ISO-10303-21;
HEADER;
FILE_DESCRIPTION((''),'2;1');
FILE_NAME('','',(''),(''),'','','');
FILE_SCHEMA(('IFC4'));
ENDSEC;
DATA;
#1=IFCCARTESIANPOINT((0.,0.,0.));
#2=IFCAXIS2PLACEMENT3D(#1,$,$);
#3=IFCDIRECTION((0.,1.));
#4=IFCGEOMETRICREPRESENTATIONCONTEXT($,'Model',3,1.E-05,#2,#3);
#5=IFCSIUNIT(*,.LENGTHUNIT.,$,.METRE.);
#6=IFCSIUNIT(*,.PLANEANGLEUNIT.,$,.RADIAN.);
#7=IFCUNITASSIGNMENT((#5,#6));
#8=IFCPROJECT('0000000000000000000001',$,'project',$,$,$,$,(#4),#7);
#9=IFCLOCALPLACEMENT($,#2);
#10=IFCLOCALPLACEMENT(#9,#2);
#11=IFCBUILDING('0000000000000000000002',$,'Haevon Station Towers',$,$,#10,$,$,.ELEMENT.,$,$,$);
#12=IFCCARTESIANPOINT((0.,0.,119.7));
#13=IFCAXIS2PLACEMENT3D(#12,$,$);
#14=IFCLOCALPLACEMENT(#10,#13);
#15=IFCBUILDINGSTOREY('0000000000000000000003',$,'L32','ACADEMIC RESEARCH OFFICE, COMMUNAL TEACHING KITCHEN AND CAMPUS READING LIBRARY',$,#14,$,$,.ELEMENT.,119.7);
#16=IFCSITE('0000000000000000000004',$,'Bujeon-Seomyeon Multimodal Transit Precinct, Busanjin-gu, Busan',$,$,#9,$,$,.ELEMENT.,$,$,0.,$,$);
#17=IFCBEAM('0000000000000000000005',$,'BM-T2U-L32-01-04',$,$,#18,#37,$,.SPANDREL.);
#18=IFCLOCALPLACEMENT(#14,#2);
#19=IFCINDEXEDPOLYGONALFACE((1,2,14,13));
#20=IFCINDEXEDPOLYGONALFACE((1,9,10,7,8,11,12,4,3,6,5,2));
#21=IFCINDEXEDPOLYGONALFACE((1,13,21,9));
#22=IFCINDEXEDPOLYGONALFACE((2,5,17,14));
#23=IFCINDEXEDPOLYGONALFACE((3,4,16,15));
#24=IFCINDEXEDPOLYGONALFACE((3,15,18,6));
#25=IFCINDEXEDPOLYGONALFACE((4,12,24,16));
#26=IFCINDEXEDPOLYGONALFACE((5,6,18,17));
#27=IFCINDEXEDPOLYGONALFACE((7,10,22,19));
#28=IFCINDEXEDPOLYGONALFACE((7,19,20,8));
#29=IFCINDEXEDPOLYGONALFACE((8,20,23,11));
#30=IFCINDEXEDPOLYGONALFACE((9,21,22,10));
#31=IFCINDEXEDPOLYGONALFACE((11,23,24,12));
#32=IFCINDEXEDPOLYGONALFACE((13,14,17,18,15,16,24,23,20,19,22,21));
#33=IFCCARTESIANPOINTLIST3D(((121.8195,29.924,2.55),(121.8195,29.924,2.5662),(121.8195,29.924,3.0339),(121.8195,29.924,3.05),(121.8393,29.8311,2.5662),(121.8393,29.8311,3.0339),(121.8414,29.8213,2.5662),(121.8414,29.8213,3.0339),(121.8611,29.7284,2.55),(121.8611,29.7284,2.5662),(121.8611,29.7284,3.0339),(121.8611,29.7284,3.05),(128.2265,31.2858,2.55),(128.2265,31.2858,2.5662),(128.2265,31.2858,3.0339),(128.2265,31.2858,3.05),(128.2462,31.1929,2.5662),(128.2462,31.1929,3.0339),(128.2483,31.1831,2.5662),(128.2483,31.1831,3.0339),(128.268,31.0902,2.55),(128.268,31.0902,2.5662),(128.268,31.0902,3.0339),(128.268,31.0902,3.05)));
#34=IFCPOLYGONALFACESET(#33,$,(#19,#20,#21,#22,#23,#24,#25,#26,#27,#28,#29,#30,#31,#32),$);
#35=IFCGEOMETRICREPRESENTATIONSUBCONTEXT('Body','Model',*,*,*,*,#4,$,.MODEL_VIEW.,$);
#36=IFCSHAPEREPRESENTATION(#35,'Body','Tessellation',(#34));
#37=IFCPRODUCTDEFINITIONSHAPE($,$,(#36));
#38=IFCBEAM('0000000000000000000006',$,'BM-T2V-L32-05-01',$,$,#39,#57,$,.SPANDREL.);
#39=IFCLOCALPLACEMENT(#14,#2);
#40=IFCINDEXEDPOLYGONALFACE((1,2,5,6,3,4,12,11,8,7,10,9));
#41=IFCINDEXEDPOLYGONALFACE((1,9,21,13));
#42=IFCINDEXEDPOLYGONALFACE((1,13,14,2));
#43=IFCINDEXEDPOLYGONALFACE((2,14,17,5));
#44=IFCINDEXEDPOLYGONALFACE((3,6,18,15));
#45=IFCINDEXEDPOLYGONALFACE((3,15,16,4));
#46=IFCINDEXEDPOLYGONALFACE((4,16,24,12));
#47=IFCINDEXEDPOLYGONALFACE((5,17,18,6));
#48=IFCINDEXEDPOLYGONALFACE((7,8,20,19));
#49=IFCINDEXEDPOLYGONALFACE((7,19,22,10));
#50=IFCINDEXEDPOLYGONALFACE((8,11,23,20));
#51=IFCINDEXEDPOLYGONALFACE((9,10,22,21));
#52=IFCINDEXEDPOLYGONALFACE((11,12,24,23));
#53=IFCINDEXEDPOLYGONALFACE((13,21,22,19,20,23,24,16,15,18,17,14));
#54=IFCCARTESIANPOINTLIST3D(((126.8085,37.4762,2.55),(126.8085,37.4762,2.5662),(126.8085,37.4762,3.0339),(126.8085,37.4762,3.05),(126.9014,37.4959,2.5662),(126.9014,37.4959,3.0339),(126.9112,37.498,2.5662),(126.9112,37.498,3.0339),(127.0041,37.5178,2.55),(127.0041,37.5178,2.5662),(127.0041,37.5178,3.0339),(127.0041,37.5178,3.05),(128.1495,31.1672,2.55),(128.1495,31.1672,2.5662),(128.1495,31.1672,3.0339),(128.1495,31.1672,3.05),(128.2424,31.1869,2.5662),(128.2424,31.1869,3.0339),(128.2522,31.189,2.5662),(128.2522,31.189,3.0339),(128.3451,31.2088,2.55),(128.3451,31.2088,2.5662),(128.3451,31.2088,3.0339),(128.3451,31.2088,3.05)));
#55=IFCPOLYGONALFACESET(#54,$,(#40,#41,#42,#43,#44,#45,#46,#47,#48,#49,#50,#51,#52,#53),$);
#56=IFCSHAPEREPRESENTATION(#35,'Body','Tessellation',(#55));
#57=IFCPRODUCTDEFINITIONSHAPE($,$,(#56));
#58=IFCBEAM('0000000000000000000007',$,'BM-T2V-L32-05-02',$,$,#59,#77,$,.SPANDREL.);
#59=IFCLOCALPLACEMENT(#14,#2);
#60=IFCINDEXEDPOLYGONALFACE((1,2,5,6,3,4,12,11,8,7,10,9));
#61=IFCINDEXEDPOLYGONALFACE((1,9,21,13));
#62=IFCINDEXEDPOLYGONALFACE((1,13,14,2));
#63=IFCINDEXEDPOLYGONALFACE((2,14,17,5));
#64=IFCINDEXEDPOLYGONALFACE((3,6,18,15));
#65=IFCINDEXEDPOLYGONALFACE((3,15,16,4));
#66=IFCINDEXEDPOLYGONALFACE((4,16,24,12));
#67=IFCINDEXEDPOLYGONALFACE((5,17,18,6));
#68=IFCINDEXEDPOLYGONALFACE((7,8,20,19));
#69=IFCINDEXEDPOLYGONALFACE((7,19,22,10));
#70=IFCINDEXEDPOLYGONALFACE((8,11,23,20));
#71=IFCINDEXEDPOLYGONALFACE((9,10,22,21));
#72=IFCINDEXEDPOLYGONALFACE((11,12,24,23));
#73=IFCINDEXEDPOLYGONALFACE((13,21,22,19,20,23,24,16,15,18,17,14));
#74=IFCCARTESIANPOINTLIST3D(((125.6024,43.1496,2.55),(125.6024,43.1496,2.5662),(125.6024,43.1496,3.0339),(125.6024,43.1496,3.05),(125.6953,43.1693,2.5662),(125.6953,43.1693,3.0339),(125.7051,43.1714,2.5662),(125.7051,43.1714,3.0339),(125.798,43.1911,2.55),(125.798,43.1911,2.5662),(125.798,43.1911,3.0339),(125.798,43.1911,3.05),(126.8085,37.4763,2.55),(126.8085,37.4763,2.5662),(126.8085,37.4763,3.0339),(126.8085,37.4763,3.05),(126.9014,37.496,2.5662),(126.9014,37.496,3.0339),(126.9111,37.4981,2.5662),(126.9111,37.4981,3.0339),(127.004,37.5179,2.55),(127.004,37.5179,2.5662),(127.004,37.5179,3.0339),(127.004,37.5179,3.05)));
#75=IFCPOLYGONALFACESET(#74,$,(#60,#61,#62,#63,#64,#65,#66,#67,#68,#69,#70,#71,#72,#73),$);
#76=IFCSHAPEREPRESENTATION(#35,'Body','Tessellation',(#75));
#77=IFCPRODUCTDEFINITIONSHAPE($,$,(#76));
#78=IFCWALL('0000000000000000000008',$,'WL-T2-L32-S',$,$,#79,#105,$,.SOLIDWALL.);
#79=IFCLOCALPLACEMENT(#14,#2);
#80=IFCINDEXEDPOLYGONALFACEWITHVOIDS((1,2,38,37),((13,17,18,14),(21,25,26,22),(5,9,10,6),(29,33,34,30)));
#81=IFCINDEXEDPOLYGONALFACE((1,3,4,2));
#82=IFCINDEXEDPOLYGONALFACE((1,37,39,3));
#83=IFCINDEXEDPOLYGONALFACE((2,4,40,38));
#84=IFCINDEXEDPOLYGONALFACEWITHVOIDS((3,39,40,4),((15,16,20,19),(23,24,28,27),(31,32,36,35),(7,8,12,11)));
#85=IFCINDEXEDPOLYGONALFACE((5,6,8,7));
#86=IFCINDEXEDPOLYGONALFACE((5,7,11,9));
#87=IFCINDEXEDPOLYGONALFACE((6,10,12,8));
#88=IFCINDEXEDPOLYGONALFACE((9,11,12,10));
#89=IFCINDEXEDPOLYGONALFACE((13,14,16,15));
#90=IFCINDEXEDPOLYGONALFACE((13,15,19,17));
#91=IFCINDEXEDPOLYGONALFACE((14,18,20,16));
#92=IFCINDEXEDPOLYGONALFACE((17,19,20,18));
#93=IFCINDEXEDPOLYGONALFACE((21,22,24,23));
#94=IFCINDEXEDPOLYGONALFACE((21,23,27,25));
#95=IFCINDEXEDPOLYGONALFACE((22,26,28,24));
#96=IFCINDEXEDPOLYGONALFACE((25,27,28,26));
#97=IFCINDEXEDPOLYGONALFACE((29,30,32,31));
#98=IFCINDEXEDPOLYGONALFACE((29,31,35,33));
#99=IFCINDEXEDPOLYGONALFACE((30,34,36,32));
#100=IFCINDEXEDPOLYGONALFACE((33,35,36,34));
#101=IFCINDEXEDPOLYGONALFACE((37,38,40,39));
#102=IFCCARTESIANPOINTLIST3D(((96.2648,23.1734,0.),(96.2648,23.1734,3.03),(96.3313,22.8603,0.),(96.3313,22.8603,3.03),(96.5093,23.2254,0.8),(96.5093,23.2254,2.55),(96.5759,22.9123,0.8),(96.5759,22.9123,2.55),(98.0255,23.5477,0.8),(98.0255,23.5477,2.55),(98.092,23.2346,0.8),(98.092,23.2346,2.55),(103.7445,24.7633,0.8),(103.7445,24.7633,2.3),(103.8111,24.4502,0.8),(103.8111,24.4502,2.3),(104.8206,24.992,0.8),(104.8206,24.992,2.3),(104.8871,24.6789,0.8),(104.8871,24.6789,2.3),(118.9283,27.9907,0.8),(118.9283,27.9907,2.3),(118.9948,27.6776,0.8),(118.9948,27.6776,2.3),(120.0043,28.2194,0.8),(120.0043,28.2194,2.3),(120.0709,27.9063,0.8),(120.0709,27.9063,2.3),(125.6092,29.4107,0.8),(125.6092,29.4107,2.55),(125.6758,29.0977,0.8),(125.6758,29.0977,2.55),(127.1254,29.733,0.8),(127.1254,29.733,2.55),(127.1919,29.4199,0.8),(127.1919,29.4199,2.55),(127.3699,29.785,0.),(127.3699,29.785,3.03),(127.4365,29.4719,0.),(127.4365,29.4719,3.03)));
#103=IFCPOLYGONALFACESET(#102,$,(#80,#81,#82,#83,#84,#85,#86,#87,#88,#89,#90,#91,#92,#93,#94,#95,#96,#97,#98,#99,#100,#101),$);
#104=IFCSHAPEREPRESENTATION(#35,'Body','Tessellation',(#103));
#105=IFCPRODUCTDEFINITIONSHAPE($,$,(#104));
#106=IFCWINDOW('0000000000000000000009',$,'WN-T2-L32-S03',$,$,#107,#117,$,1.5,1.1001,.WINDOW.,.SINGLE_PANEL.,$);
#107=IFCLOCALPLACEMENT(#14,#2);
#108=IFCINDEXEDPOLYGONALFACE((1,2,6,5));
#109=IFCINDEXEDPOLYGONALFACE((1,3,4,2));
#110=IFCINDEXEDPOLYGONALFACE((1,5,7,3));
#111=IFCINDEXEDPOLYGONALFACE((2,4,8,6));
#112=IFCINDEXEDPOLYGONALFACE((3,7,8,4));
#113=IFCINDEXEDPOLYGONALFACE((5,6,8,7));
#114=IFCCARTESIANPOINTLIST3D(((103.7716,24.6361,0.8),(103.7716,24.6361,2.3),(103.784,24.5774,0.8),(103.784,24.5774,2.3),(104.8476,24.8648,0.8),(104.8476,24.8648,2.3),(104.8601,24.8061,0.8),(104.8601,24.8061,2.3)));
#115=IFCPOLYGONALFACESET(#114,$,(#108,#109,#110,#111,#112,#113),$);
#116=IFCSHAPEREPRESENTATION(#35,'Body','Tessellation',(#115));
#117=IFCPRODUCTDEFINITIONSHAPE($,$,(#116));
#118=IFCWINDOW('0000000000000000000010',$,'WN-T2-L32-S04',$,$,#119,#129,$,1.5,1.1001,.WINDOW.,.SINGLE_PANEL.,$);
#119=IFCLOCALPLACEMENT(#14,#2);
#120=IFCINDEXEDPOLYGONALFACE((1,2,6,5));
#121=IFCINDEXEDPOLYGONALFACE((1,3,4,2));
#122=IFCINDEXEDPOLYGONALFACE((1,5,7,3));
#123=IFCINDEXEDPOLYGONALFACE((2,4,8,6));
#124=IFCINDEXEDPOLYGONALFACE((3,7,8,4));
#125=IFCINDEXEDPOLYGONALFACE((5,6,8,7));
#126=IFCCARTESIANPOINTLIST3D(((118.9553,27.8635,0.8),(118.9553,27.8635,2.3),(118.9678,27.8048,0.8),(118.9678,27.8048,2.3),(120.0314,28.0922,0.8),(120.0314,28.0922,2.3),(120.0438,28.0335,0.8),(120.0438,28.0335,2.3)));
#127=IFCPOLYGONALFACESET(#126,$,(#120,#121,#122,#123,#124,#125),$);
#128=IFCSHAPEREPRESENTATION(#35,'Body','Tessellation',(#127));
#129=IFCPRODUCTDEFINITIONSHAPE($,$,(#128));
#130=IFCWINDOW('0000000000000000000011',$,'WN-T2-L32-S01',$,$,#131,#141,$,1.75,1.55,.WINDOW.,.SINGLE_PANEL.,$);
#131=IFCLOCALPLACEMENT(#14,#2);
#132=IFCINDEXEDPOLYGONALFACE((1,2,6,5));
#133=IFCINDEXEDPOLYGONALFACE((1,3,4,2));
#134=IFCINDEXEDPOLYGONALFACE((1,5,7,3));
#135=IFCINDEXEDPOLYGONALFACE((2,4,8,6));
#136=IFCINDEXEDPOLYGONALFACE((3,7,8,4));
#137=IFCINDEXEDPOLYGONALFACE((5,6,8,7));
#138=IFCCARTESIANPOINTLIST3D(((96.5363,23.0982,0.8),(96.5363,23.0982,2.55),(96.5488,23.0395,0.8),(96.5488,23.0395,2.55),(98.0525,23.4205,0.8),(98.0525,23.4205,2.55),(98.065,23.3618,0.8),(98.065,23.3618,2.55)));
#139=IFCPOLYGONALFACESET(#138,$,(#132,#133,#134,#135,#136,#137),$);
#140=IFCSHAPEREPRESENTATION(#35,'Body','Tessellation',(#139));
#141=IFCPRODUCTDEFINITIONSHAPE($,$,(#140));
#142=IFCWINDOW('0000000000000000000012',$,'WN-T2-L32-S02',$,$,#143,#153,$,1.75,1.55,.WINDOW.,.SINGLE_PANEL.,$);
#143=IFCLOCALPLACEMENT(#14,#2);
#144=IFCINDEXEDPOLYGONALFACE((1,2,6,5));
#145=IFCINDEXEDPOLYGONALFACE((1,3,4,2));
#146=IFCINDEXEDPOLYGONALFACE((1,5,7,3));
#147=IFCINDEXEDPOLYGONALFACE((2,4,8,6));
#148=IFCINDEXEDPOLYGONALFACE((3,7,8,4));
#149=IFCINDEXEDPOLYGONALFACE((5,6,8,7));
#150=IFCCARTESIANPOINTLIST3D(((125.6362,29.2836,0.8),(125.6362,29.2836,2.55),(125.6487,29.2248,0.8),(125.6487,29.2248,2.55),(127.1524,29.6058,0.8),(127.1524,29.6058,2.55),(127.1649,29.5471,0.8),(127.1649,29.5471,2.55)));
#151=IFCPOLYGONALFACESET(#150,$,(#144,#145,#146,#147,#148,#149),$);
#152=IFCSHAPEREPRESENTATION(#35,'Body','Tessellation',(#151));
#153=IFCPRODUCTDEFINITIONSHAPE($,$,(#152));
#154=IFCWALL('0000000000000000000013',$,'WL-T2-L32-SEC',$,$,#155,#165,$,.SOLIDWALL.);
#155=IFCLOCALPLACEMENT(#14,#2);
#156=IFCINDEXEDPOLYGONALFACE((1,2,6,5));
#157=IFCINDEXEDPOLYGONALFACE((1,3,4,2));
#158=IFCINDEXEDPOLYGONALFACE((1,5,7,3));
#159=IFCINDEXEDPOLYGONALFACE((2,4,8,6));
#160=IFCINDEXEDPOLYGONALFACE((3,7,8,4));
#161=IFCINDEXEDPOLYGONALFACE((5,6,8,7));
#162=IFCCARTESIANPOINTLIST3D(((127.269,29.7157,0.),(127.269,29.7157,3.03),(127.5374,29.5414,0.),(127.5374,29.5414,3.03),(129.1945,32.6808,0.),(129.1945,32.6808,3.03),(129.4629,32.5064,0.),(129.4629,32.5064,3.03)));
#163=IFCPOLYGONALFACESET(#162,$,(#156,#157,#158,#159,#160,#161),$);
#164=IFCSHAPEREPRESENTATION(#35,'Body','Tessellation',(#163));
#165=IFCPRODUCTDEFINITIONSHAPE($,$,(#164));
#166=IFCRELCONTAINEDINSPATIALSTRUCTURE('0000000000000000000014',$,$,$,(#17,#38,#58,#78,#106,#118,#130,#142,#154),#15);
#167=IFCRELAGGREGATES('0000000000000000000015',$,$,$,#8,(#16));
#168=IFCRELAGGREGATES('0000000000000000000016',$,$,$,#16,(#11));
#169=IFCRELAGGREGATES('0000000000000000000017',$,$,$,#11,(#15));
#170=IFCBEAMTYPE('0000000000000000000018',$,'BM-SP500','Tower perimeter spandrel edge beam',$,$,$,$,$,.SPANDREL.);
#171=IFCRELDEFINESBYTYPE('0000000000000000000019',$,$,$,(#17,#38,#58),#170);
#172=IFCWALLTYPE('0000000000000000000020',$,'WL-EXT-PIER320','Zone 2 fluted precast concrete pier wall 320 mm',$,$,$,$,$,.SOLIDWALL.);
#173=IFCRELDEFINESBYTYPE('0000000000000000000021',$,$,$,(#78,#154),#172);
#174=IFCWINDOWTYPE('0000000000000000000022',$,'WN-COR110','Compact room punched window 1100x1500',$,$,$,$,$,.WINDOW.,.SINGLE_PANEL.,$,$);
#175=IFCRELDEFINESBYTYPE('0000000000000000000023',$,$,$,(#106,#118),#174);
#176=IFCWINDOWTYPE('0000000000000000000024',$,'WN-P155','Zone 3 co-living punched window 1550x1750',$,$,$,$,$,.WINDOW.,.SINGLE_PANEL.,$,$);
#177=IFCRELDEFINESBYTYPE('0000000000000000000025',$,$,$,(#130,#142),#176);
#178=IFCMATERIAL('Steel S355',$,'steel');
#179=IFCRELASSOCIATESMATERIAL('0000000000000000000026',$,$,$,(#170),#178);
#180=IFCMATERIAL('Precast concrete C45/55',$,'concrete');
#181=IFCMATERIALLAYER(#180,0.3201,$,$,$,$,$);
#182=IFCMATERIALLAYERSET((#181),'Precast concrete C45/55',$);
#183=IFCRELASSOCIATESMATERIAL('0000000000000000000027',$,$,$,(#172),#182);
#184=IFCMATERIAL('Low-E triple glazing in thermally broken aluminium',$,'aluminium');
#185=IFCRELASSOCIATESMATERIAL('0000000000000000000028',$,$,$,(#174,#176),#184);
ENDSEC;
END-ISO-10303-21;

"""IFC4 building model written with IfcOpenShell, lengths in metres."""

from ifc_helpers import new_model, si_unit, direction, frame, frame_2d, origin, origin_2d, place, context, subcontext, project, spatial, rectangle, i_section, extrude, material, layer, layer_set, material_profile, profile_set, type_object, element, fill, save


model = new_model("IFC4")

# Units and contexts
model_context = context("Model", 3, precision=1e-05, world=origin(), true_north=direction((0.0, 1.0)))
body_context = subcontext(model_context, "Body", "Model", "MODEL_VIEW")
ifc_project = project(units=[si_unit("LENGTHUNIT", "METRE"), si_unit("PLANEANGLEUNIT", "RADIAN")], contexts=[model_context])

# Site, building, storey
site_placement = place(None, origin())
site = spatial("IfcSite", under=ifc_project, at=site_placement, Name="Bujeon-Seomyeon Multimodal Transit Precinct, Busanjin-gu, Busan", CompositionType="ELEMENT", RefElevation=0.0)
building_placement = place(site_placement, origin())
building = spatial("IfcBuilding", under=site, at=building_placement, Name="Haevon Station Towers", CompositionType="ELEMENT")
storey_placement = place(building_placement, frame((0.0, 0.0, 119.7)))
storey = spatial("IfcBuildingStorey", under=building, at=storey_placement, Name="L32", Description="ACADEMIC RESEARCH OFFICE, COMMUNAL TEACHING KITCHEN AND CAMPUS READING LIBRARY", CompositionType="ELEMENT", Elevation=119.7)

# Beams
ifc_material_1 = material(Name="Steel S355", Category="steel")
ifc_material_profile_1 = material_profile(ifc_material_1, i_section(OverallWidth=0.2, OverallDepth=0.5, WebThickness=0.01, FlangeThickness=0.0161, at=origin_2d()), Name="H-500x200x10x16")
ifc_profile_set_1 = profile_set([ifc_material_profile_1], Name="Steel S355")
beam_type_1 = type_object("IfcBeamType", Name="BM-SP500", Description="Tower perimeter spandrel edge beam", PredefinedType="SPANDREL", material=ifc_profile_set_1)
beam_1_placement = place(storey_placement, frame((121.8403, 29.8262, 2.8), z_axis=(0.978149, 0.207907, 0.0), x_axis=(-0.207907, 0.978149, 0.0)))
element("IfcBeam", 1, at=beam_1_placement, inside=storey, type_object=beam_type_1, Name="BM-T2U-L32-01-04", PredefinedType="SPANDREL", context=body_context, shape_type="SweptSolid", body=[
    extrude(i_section(OverallWidth=0.2, OverallDepth=0.5, WebThickness=0.01, FlangeThickness=0.0161, at=origin_2d()), origin(), (0.0, 0.0, 1.0), 6.55),
])
beam_2_placement = place(storey_placement, frame((128.2473, 31.188, 2.8), z_axis=(-0.207916, 0.978147, 0.0), x_axis=(-0.978147, -0.207916, 0.0)))
element("IfcBeam", 2, at=beam_2_placement, inside=storey, type_object=beam_type_1, Name="BM-T2V-L32-05-01", PredefinedType="SPANDREL", context=body_context, shape_type="SweptSolid", body=[
    extrude(i_section(OverallWidth=0.2, OverallDepth=0.5, WebThickness=0.01, FlangeThickness=0.0161, at=origin_2d()), origin(), (0.0, 0.0, 1.0), 6.45),
])
beam_3_placement = place(storey_placement, frame((126.9062, 37.4971, 2.8), z_axis=(-0.207936, 0.978142, 0.0), x_axis=(-0.978142, -0.207936, 0.0)))
element("IfcBeam", 3, at=beam_3_placement, inside=storey, type_object=beam_type_1, Name="BM-T2V-L32-05-02", PredefinedType="SPANDREL", context=body_context, shape_type="SweptSolid", body=[
    extrude(i_section(OverallWidth=0.2, OverallDepth=0.5, WebThickness=0.01, FlangeThickness=0.0161, at=origin_2d()), origin(), (0.0, 0.0, 1.0), 5.8),
])

# Wall, openings, windows
ifc_material_2 = material(Name="Precast concrete C45/55", Category="concrete")
ifc_layer_1 = layer(ifc_material_2, 0.3201)
ifc_layer_set_1 = layer_set([ifc_layer_1], Name="Precast concrete C45/55")
wall_type_1 = type_object("IfcWallType", Name="WL-EXT-PIER320", Description="Zone 2 fluted precast concrete pier wall 320 mm", PredefinedType="SOLIDWALL", material=ifc_layer_set_1)
wall_1_placement = place(storey_placement, frame((127.4031, 29.6284, 0.0), z_axis=(0.0, 0.0, 1.0), x_axis=(-0.978148, -0.20791, 0.0)))
wall_1 = element("IfcWall", 4, at=wall_1_placement, inside=storey, type_object=wall_type_1, Name="WL-T2-L32-S", PredefinedType="SOLIDWALL", context=body_context, shape_type="SweptSolid", body=[
    extrude(rectangle(XDim=31.8, YDim=0.3201, at=frame_2d((15.8999, 0.0))), origin(), (0.0, 0.0, 1.0), 3.03),
])
opening_1_placement = place(wall_1_placement, frame((30.0, 0.0, 0.8)))
opening_1 = element("IfcOpeningElement", 5, at=opening_1_placement, cuts=wall_1, PredefinedType="OPENING", context=body_context, shape_type="SweptSolid", body=[
    extrude(rectangle(XDim=1.55, YDim=1.75, at=frame_2d((0.7749, 0.875))), frame((0.0, 0.1699, 0.0), z_axis=(0.0, -1.0, 0.0), x_axis=(1.0, 0.0, 0.0)), (0.0, 0.0, 1.0), 0.3401),
])
opening_2_placement = place(wall_1_placement, frame((0.25, 0.0, 0.8)))
opening_2 = element("IfcOpeningElement", 6, at=opening_2_placement, cuts=wall_1, PredefinedType="OPENING", context=body_context, shape_type="SweptSolid", body=[
    extrude(rectangle(XDim=1.55, YDim=1.75, at=frame_2d((0.7749, 0.875))), frame((0.0, 0.1699, 0.0), z_axis=(0.0, -1.0, 0.0), x_axis=(1.0, 0.0, 0.0)), (0.0, 0.0, 1.0), 0.3401),
])
opening_3_placement = place(wall_1_placement, frame((23.053, 0.0, 0.8)))
opening_3 = element("IfcOpeningElement", 7, at=opening_3_placement, cuts=wall_1, PredefinedType="OPENING", context=body_context, shape_type="SweptSolid", body=[
    extrude(rectangle(XDim=1.1001, YDim=1.5, at=frame_2d((0.55, 0.75))), frame((0.0, 0.1699, 0.0), z_axis=(0.0, -1.0, 0.0), x_axis=(1.0, 0.0, 0.0)), (0.0, 0.0, 1.0), 0.3401),
])
opening_4_placement = place(wall_1_placement, frame((7.53, 0.0, 0.8)))
opening_4 = element("IfcOpeningElement", 8, at=opening_4_placement, cuts=wall_1, PredefinedType="OPENING", context=body_context, shape_type="SweptSolid", body=[
    extrude(rectangle(XDim=1.1001, YDim=1.5, at=frame_2d((0.55, 0.75))), frame((0.0, 0.1699, 0.0), z_axis=(0.0, -1.0, 0.0), x_axis=(1.0, 0.0, 0.0)), (0.0, 0.0, 1.0), 0.3401),
])
ifc_material_3 = material(Name="Low-E triple glazing in thermally broken aluminium", Category="aluminium")
window_type_1 = type_object("IfcWindowType", Name="WN-COR110", Description="Compact room punched window 1100x1500", PartitioningType="SINGLE_PANEL", PredefinedType="WINDOW", material=ifc_material_3)
window_1_placement = place(opening_3_placement, origin())
window_1 = element("IfcWindow", 9, at=window_1_placement, inside=storey, type_object=window_type_1, Name="WN-T2-L32-S03", OverallHeight=1.5, OverallWidth=1.1001, PartitioningType="SINGLE_PANEL", PredefinedType="WINDOW", context=body_context, shape_type="SweptSolid", body=[
    extrude(rectangle(XDim=1.1001, YDim=1.5, at=frame_2d((0.55, 0.75))), frame((0.0, 0.03, 0.0), z_axis=(0.0, -1.0, 0.0), x_axis=(1.0, 0.0, 0.0)), (0.0, 0.0, 1.0), 0.0601),
])
fill(opening_3, window_1)
window_2_placement = place(opening_4_placement, origin())
window_2 = element("IfcWindow", 10, at=window_2_placement, inside=storey, type_object=window_type_1, Name="WN-T2-L32-S04", OverallHeight=1.5, OverallWidth=1.1001, PartitioningType="SINGLE_PANEL", PredefinedType="WINDOW", context=body_context, shape_type="SweptSolid", body=[
    extrude(rectangle(XDim=1.1001, YDim=1.5, at=frame_2d((0.55, 0.75))), frame((0.0, 0.03, 0.0), z_axis=(0.0, -1.0, 0.0), x_axis=(1.0, 0.0, 0.0)), (0.0, 0.0, 1.0), 0.0601),
])
fill(opening_4, window_2)
window_type_2 = type_object("IfcWindowType", Name="WN-P155", Description="Zone 3 co-living punched window 1550x1750", PartitioningType="SINGLE_PANEL", PredefinedType="WINDOW", material=ifc_material_3)
window_3_placement = place(opening_1_placement, origin())
window_3 = element("IfcWindow", 11, at=window_3_placement, inside=storey, type_object=window_type_2, Name="WN-T2-L32-S01", OverallHeight=1.75, OverallWidth=1.55, PartitioningType="SINGLE_PANEL", PredefinedType="WINDOW", context=body_context, shape_type="SweptSolid", body=[
    extrude(rectangle(XDim=1.55, YDim=1.75, at=frame_2d((0.7749, 0.875))), frame((0.0, 0.03, 0.0), z_axis=(0.0, -1.0, 0.0), x_axis=(1.0, 0.0, 0.0)), (0.0, 0.0, 1.0), 0.0601),
])
fill(opening_1, window_3)
window_4_placement = place(opening_2_placement, origin())
window_4 = element("IfcWindow", 12, at=window_4_placement, inside=storey, type_object=window_type_2, Name="WN-T2-L32-S02", OverallHeight=1.75, OverallWidth=1.55, PartitioningType="SINGLE_PANEL", PredefinedType="WINDOW", context=body_context, shape_type="SweptSolid", body=[
    extrude(rectangle(XDim=1.55, YDim=1.75, at=frame_2d((0.7749, 0.875))), frame((0.0, 0.03, 0.0), z_axis=(0.0, -1.0, 0.0), x_axis=(1.0, 0.0, 0.0)), (0.0, 0.0, 1.0), 0.0601),
])
fill(opening_2, window_4)

# Wall
wall_2_placement = place(storey_placement, frame((129.3286, 32.5935, 0.0), z_axis=(0.0, 0.0, 1.0), x_axis=(-0.544636, -0.838672, 0.0)))
element("IfcWall", 13, at=wall_2_placement, inside=storey, type_object=wall_type_1, Name="WL-T2-L32-SEC", PredefinedType="SOLIDWALL", context=body_context, shape_type="SweptSolid", body=[
    extrude(rectangle(XDim=3.5354, YDim=0.3201, at=frame_2d((1.7676, 0.0))), origin(), (0.0, 0.0, 1.0), 3.03),
])

save(model, "model.ifc")
